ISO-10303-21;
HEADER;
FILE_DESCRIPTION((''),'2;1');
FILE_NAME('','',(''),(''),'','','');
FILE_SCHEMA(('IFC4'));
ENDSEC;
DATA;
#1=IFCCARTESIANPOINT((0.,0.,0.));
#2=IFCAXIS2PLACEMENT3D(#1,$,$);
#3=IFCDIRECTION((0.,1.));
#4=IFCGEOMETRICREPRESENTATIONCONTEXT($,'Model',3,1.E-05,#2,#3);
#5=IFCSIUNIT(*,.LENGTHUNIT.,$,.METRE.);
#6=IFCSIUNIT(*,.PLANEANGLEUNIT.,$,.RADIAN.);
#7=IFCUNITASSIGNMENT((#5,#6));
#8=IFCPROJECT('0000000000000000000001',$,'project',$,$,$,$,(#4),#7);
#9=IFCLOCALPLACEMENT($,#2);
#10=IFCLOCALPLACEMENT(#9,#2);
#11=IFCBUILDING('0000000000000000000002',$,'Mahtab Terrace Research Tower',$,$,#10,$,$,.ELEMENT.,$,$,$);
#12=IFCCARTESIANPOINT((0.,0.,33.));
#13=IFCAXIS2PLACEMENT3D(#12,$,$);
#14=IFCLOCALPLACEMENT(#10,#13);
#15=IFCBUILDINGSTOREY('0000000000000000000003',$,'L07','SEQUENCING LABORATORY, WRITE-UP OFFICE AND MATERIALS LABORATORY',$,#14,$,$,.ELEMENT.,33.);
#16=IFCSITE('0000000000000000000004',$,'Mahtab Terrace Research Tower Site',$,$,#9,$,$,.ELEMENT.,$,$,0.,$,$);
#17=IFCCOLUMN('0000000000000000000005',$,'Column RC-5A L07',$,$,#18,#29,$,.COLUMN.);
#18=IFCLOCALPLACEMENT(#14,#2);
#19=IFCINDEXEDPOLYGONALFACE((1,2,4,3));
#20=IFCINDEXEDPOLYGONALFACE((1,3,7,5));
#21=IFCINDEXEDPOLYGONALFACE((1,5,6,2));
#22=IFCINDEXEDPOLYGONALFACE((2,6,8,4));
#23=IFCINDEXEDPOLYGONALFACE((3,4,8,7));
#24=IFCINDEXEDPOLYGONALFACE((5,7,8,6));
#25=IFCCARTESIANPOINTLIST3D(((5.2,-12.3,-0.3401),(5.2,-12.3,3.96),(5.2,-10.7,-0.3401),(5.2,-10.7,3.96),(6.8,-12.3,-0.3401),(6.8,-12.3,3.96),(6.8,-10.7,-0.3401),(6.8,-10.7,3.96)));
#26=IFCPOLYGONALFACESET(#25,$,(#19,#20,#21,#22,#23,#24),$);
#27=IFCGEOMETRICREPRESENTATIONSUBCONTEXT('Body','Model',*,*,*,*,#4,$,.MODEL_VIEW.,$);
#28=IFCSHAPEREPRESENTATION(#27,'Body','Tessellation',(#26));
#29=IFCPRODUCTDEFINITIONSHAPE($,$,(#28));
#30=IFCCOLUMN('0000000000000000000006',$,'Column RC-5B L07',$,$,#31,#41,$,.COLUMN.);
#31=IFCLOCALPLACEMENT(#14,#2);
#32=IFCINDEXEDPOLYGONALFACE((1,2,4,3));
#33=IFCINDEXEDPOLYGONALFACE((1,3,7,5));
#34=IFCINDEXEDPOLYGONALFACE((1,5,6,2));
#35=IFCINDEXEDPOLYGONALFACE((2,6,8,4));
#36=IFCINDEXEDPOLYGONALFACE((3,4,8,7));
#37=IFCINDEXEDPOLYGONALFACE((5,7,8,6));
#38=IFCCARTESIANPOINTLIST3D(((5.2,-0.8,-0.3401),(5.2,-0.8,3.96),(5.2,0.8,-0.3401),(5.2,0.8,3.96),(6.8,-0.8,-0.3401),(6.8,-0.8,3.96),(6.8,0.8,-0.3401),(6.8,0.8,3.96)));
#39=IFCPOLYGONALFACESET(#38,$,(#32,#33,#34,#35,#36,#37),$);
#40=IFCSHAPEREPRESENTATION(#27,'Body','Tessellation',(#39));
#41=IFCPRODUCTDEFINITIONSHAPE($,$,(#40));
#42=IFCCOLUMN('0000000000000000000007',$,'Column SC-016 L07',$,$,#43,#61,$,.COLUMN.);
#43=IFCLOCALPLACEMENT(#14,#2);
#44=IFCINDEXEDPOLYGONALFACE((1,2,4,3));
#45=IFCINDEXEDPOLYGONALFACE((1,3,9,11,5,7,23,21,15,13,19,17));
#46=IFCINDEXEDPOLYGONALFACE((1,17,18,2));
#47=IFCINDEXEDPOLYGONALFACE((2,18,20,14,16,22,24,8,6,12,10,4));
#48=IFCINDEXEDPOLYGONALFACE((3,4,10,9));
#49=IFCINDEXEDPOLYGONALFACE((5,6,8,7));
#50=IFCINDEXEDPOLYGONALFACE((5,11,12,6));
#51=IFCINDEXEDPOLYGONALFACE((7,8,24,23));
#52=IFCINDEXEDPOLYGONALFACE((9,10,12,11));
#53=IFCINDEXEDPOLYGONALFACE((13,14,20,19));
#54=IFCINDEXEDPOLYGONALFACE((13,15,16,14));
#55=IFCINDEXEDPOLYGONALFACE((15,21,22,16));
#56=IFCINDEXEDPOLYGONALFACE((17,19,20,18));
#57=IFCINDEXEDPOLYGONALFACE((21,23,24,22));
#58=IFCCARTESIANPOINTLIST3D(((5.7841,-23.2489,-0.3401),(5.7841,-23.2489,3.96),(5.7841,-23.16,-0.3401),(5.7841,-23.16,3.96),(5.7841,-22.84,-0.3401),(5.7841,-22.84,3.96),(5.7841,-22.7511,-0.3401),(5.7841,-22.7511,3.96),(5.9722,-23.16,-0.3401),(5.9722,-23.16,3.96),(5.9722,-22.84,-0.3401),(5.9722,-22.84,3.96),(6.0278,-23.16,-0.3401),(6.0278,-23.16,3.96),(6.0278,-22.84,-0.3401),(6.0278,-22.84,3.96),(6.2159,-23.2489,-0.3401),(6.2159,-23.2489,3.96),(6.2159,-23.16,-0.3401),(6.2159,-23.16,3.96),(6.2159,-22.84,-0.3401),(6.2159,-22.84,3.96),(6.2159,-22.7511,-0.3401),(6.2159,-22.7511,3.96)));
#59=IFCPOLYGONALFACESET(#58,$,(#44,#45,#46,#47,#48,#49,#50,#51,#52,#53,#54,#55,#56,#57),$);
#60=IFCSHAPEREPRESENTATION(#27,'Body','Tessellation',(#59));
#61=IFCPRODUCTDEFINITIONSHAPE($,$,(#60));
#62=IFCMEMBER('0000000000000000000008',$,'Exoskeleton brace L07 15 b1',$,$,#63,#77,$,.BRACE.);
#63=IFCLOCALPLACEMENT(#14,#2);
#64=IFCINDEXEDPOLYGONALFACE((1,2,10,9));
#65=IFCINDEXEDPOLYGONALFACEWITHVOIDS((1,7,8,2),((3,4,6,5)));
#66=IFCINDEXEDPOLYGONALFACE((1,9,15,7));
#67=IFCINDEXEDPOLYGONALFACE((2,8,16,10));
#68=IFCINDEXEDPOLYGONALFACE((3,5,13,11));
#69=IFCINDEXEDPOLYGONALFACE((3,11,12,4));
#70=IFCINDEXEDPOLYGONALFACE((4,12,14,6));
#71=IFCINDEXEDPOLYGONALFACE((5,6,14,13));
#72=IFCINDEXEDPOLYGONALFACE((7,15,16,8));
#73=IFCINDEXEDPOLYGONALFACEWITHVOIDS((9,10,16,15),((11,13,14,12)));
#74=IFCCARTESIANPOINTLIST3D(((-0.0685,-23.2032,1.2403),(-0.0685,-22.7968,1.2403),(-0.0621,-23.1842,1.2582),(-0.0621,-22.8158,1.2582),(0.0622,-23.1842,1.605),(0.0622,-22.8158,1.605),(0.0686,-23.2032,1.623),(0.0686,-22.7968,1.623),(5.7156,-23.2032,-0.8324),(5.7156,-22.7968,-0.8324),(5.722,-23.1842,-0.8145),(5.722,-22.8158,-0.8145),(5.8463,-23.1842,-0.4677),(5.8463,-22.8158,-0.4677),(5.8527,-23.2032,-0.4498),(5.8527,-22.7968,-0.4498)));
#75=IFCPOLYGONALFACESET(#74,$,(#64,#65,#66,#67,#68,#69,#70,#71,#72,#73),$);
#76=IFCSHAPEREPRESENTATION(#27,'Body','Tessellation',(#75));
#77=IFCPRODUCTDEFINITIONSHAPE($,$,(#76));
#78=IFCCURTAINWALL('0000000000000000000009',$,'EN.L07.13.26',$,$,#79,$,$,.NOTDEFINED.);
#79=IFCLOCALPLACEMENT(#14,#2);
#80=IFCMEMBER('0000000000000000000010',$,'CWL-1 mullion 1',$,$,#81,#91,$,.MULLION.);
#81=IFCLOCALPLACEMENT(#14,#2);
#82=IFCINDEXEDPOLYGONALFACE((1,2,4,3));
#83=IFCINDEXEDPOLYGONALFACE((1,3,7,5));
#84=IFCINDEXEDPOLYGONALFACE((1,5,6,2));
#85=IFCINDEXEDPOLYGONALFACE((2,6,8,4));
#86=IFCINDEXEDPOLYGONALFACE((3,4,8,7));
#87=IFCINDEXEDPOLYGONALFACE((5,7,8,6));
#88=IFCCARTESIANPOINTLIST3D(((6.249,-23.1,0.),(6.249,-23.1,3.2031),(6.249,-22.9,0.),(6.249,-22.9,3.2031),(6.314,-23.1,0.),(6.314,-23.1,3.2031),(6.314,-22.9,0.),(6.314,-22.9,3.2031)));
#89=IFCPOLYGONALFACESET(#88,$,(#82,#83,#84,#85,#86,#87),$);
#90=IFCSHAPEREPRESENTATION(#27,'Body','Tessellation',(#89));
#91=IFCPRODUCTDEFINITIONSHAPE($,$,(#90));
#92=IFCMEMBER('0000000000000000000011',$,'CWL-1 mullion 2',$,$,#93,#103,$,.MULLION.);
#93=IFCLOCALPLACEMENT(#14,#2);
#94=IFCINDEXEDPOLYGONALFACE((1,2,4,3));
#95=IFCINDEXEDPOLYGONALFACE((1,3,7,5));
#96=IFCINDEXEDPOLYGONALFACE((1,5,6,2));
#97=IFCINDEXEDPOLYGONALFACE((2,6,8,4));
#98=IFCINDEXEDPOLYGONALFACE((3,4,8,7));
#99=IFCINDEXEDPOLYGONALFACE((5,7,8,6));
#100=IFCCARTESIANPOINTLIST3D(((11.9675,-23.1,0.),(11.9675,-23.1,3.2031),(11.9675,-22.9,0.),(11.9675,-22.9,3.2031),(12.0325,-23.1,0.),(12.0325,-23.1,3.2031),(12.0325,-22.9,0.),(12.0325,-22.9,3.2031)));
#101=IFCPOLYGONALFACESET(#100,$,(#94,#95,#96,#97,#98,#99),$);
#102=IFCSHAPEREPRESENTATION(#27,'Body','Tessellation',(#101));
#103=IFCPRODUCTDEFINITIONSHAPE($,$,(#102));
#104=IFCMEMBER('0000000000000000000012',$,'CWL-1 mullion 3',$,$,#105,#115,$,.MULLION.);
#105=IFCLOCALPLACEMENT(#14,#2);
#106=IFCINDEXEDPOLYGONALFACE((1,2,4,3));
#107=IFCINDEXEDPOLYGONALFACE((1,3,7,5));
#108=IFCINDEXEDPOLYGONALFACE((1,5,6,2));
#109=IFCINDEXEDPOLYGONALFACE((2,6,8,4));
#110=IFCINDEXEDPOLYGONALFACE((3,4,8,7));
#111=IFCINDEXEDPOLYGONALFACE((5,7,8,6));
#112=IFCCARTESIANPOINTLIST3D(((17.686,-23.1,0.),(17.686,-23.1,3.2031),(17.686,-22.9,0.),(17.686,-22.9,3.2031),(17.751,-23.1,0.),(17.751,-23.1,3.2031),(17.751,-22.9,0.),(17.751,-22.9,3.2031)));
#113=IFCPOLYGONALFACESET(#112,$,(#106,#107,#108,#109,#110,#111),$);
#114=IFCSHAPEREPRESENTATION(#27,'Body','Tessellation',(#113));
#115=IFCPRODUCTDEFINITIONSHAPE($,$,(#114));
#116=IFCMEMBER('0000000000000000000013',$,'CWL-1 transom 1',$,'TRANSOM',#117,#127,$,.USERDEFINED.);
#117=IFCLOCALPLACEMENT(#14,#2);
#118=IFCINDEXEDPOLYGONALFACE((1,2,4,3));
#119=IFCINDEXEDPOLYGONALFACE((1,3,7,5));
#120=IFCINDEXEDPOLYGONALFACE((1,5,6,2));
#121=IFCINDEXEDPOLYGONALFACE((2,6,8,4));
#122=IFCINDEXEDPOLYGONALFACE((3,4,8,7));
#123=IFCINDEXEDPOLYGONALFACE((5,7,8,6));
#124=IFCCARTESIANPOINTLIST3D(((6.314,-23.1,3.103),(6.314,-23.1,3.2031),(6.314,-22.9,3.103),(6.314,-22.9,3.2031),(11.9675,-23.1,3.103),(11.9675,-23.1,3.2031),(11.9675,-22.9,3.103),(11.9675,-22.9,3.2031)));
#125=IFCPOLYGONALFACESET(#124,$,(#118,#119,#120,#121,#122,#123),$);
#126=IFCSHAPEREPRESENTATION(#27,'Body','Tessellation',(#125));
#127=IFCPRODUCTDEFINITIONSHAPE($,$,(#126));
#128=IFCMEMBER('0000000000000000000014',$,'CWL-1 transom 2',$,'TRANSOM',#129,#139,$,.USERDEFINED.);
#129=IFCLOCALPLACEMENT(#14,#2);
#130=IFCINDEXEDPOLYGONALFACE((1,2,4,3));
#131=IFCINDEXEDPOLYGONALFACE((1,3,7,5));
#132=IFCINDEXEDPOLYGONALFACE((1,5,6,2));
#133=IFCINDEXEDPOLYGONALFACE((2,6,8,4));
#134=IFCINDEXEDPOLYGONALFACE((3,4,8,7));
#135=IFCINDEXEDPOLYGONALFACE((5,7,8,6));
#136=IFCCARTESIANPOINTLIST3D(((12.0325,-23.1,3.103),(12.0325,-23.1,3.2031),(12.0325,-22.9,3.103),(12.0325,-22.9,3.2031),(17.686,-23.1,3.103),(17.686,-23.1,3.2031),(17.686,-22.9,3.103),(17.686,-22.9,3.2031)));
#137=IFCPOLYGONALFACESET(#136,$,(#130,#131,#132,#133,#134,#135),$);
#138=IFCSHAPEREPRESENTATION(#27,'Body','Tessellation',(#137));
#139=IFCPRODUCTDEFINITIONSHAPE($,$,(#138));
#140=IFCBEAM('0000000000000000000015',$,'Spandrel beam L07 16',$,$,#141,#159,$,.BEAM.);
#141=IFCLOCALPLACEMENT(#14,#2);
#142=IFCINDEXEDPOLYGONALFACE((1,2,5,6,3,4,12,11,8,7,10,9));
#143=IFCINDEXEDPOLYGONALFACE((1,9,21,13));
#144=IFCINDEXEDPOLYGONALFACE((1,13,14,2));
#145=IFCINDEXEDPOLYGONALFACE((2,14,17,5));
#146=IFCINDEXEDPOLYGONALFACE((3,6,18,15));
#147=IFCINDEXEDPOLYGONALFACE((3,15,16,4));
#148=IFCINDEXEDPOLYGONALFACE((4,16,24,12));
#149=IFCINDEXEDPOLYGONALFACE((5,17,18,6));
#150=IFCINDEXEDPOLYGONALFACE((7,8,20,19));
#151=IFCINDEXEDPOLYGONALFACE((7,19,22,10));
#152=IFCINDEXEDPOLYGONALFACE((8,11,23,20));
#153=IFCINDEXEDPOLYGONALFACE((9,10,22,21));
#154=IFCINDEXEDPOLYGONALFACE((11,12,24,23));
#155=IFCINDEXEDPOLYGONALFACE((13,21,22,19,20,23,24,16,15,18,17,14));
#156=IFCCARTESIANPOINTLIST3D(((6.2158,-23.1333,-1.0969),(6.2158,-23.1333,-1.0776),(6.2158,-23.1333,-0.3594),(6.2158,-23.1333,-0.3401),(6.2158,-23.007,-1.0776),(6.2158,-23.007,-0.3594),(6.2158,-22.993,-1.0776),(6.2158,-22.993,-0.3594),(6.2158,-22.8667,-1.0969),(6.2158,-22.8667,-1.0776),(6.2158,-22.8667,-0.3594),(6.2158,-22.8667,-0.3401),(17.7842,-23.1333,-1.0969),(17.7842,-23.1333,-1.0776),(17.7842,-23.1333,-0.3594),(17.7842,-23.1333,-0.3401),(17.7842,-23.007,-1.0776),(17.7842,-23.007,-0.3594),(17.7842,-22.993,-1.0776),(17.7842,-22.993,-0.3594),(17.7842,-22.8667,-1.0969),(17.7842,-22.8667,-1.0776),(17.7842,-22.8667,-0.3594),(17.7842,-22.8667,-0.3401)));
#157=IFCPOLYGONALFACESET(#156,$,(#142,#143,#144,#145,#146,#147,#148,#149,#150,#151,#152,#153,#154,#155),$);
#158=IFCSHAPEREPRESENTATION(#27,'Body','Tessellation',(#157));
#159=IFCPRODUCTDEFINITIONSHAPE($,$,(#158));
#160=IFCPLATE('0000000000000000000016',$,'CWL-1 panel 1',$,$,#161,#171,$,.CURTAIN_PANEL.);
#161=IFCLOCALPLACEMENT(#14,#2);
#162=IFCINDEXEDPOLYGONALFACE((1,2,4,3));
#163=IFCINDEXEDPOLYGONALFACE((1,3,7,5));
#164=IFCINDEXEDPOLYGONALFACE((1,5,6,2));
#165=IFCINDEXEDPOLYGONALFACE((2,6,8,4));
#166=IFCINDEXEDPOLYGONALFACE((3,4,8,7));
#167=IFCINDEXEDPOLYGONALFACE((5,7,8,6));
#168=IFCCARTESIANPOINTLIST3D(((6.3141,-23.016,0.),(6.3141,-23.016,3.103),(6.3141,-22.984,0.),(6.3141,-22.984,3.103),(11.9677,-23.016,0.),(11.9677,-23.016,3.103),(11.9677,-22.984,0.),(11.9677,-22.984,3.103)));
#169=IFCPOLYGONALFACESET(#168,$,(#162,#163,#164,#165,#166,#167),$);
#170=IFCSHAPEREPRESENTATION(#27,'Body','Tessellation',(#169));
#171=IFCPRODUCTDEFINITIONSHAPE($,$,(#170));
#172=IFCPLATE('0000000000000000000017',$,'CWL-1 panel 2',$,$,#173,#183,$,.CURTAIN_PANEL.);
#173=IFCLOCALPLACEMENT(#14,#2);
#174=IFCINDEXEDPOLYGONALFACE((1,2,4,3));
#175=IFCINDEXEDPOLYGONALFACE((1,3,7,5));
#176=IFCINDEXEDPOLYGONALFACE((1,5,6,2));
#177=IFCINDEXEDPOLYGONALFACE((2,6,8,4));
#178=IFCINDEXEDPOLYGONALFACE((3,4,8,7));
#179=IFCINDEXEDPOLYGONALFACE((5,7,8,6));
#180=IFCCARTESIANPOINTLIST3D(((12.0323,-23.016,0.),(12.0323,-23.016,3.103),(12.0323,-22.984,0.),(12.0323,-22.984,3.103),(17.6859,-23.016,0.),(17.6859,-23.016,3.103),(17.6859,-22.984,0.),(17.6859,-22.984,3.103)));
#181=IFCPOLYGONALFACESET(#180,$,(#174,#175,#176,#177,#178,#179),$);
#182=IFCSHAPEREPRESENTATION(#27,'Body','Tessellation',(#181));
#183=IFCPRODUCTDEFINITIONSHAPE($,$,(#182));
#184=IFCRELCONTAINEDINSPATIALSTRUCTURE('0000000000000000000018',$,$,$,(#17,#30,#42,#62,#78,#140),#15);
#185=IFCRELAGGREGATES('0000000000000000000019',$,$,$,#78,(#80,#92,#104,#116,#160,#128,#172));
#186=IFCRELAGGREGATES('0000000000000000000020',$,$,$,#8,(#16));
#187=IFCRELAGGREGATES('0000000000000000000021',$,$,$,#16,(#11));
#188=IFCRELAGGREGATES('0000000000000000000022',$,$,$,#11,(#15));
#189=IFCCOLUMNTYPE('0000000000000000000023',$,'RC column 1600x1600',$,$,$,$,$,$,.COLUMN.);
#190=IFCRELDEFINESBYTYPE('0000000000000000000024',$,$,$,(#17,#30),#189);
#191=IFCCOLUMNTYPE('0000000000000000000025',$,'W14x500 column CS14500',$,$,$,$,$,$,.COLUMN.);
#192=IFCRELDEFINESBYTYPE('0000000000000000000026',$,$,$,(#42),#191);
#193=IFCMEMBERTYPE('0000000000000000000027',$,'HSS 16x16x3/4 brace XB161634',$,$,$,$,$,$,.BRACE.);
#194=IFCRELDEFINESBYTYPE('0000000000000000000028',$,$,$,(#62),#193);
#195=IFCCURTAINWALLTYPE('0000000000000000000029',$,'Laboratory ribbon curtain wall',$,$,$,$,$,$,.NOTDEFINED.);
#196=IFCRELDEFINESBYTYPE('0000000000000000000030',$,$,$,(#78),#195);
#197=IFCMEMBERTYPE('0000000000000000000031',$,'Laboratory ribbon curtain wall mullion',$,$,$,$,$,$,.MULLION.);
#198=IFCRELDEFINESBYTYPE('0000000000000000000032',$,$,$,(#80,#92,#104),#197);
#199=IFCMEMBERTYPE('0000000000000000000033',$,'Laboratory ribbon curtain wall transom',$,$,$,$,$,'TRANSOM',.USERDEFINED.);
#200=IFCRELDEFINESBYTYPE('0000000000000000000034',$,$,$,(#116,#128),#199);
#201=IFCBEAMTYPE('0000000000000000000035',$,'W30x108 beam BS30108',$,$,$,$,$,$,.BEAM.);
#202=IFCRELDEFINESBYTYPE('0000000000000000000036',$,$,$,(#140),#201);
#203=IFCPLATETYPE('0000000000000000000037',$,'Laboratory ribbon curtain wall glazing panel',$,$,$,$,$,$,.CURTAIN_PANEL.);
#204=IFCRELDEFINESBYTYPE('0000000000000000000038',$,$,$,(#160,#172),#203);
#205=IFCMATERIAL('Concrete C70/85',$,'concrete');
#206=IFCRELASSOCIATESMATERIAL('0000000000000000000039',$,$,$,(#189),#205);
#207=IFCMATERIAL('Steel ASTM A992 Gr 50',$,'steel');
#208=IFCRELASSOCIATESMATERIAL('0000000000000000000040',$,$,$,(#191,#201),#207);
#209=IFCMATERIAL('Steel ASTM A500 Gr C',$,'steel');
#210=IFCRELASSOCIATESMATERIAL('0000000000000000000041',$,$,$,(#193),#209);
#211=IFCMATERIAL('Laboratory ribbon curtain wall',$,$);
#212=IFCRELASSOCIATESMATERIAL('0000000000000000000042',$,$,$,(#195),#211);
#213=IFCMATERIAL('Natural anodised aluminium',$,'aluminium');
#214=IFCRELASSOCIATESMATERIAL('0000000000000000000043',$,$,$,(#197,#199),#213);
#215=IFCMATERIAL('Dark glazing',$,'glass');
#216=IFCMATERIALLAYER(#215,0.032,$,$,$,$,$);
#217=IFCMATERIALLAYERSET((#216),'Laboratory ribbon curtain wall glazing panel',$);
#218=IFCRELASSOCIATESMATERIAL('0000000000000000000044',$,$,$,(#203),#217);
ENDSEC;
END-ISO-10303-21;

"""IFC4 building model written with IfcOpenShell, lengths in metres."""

from ifc_helpers import new_model, si_unit, direction, frame, origin, origin_2d, place, context, subcontext, project, spatial, rectangle, hollow_rectangle, i_section, extrude, material, layer, layer_set, material_profile, profile_set, type_object, element, aggregate, save


model = new_model("IFC4")

# Units and contexts
model_context = context("Model", 3, precision=1e-05, world=origin(), true_north=direction((0.0, 1.0)))
body_context = subcontext(model_context, "Body", "Model", "MODEL_VIEW")
ifc_project = project(units=[si_unit("LENGTHUNIT", "METRE"), si_unit("PLANEANGLEUNIT", "RADIAN")], contexts=[model_context])

# Site, building, storey
site_placement = place(None, origin())
site = spatial("IfcSite", under=ifc_project, at=site_placement, Name="Mahtab Terrace Research Tower Site", CompositionType="ELEMENT", RefElevation=0.0)
building_placement = place(site_placement, origin())
building = spatial("IfcBuilding", under=site, at=building_placement, Name="Mahtab Terrace Research Tower", CompositionType="ELEMENT")
storey_placement = place(building_placement, frame((0.0, 0.0, 33.0)))
storey = spatial("IfcBuildingStorey", under=building, at=storey_placement, Name="L07", Description="SEQUENCING LABORATORY, WRITE-UP OFFICE AND MATERIALS LABORATORY", CompositionType="ELEMENT", Elevation=33.0)

# Columns
ifc_material_1 = material(Name="Concrete C70/85", Category="concrete")
ifc_material_profile_1 = material_profile(ifc_material_1, rectangle(XDim=1.6001, YDim=1.6001, at=origin_2d()), Name="RC column 1600x1600")
ifc_profile_set_1 = profile_set([ifc_material_profile_1], Name="Concrete C70/85")
column_type_1 = type_object("IfcColumnType", Name="RC column 1600x1600", PredefinedType="COLUMN", material=ifc_profile_set_1)
for number, where, z_axis, x_axis, name in (
    (1, (6.0, -11.5, -0.3401), (0.0, 0.0, 1.0), (1.0, 0.0, 0.0), "Column RC-5A L07"),
    (2, (6.0, 0.0, -0.3401), (0.0, 0.0, 1.0), (1.0, 0.0, 0.0), "Column RC-5B L07"),
):
    element("IfcColumn", number, at=place(storey_placement, frame(where, z_axis=z_axis, x_axis=x_axis)), inside=storey, type_object=column_type_1, Name=name, PredefinedType="COLUMN", context=body_context, shape_type="SweptSolid", body=[
        extrude(rectangle(XDim=1.6001, YDim=1.6001, at=origin_2d()), origin(), (0.0, 0.0, 1.0), 4.3),
    ])
ifc_material_2 = material(Name="Steel ASTM A992 Gr 50", Category="steel")
ifc_material_profile_2 = material_profile(ifc_material_2, i_section(OverallWidth=0.4319, OverallDepth=0.4978, WebThickness=0.0557, FlangeThickness=0.0889, at=origin_2d()), Name="W14X500")
ifc_profile_set_2 = profile_set([ifc_material_profile_2], Name="Steel ASTM A992 Gr 50")
column_type_2 = type_object("IfcColumnType", Name="W14x500 column CS14500", PredefinedType="COLUMN", material=ifc_profile_set_2)
column_placement = place(storey_placement, frame((6.0, -23.0, -0.3401), z_axis=(0.0, 0.0, 1.0), x_axis=(1.0, 0.0, 0.0)))
element("IfcColumn", 3, at=column_placement, inside=storey, type_object=column_type_2, Name="Column SC-016 L07", PredefinedType="COLUMN", context=body_context, shape_type="SweptSolid", body=[
    extrude(i_section(OverallWidth=0.4319, OverallDepth=0.4978, WebThickness=0.0557, FlangeThickness=0.0889, at=origin_2d()), origin(), (0.0, 0.0, 1.0), 4.3),
])

# Member
ifc_material_3 = material(Name="Steel ASTM A500 Gr C", Category="steel")
ifc_material_profile_3 = material_profile(ifc_material_3, hollow_rectangle(XDim=0.4065, YDim=0.4065, WallThickness=0.019, at=origin_2d()), Name="HSS16X16X3/4")
ifc_profile_set_3 = profile_set([ifc_material_profile_3], Name="Steel ASTM A500 Gr C")
member_type_1 = type_object("IfcMemberType", Name="HSS 16x16x3/4 brace XB161634", PredefinedType="BRACE", material=ifc_profile_set_3)
member_1_placement = place(storey_placement, frame((5.7842, -23.0, -0.6411), z_axis=(-0.941382, 0.0, 0.337343), x_axis=(0.0, -1.0, 0.0)))
element("IfcMember", 4, at=member_1_placement, inside=storey, type_object=member_type_1, Name="Exoskeleton brace L07 15 b1", PredefinedType="BRACE", context=body_context, shape_type="SweptSolid", body=[
    extrude(hollow_rectangle(XDim=0.4065, YDim=0.4065, WallThickness=0.019, at=origin_2d()), origin(), (0.0, 0.0, 1.0), 6.1443),
])

# Curtain wall, members
ifc_material_4 = material(Name="Laboratory ribbon curtain wall")
curtain_wall_type = type_object("IfcCurtainWallType", Name="Laboratory ribbon curtain wall", PredefinedType="NOTDEFINED", material=ifc_material_4)
curtain_wall_placement = place(storey_placement, origin())
curtain_wall = element("IfcCurtainWall", 5, at=curtain_wall_placement, inside=storey, type_object=curtain_wall_type, Name="EN.L07.13.26", PredefinedType="NOTDEFINED")
ifc_material_5 = material(Name="Natural anodised aluminium", Category="aluminium")
ifc_material_profile_4 = material_profile(ifc_material_5, rectangle(XDim=0.2, YDim=0.0649, at=origin_2d()), Name="MULLION 65x200")
ifc_profile_set_4 = profile_set([ifc_material_profile_4], Name="Natural anodised aluminium")
member_type_2 = type_object("IfcMemberType", Name="Laboratory ribbon curtain wall mullion", PredefinedType="MULLION", material=ifc_profile_set_4)
member_2_placement = place(storey_placement, frame((6.2815, -23.0, 0.0), z_axis=(0.0, 0.0, 1.0), x_axis=(0.0, 1.0, 0.0)))
member_2 = element("IfcMember", 6, at=member_2_placement, type_object=member_type_2, Name="CWL-1 mullion 1", PredefinedType="MULLION", context=body_context, shape_type="SweptSolid", body=[
    extrude(rectangle(XDim=0.2, YDim=0.0649, at=origin_2d()), origin(), (0.0, 0.0, 1.0), 3.2031),
])
member_3_placement = place(storey_placement, frame((12.0, -23.0, 0.0), z_axis=(0.0, 0.0, 1.0), x_axis=(0.0, 1.0, 0.0)))
member_3 = element("IfcMember", 7, at=member_3_placement, type_object=member_type_2, Name="CWL-1 mullion 2", PredefinedType="MULLION", context=body_context, shape_type="SweptSolid", body=[
    extrude(rectangle(XDim=0.2, YDim=0.0649, at=origin_2d()), origin(), (0.0, 0.0, 1.0), 3.2031),
])
member_4_placement = place(storey_placement, frame((17.7185, -23.0, 0.0), z_axis=(0.0, 0.0, 1.0), x_axis=(0.0, 1.0, 0.0)))
member_4 = element("IfcMember", 8, at=member_4_placement, type_object=member_type_2, Name="CWL-1 mullion 3", PredefinedType="MULLION", context=body_context, shape_type="SweptSolid", body=[
    extrude(rectangle(XDim=0.2, YDim=0.0649, at=origin_2d()), origin(), (0.0, 0.0, 1.0), 3.2031),
])
ifc_material_profile_5 = material_profile(ifc_material_5, rectangle(XDim=0.2, YDim=0.1001, at=origin_2d()), Name="TRANSOM 100x200")
ifc_profile_set_5 = profile_set([ifc_material_profile_5], Name="Natural anodised aluminium")
member_type_3 = type_object("IfcMemberType", Name="Laboratory ribbon curtain wall transom", ElementType="TRANSOM", PredefinedType="USERDEFINED", material=ifc_profile_set_5)
member_5_placement = place(storey_placement, frame((6.314, -23.0, 3.1531), z_axis=(1.0, 0.0, 0.0), x_axis=(0.0, 1.0, 0.0)))
member_5 = element("IfcMember", 9, at=member_5_placement, type_object=member_type_3, Name="CWL-1 transom 1", ObjectType="TRANSOM", PredefinedType="USERDEFINED", context=body_context, shape_type="SweptSolid", body=[
    extrude(rectangle(XDim=0.2, YDim=0.1001, at=origin_2d()), origin(), (0.0, 0.0, 1.0), 5.6536),
])
member_6_placement = place(storey_placement, frame((12.0325, -23.0, 3.1531), z_axis=(1.0, 0.0, 0.0), x_axis=(0.0, 1.0, 0.0)))
member_6 = element("IfcMember", 10, at=member_6_placement, type_object=member_type_3, Name="CWL-1 transom 2", ObjectType="TRANSOM", PredefinedType="USERDEFINED", context=body_context, shape_type="SweptSolid", body=[
    extrude(rectangle(XDim=0.2, YDim=0.1001, at=origin_2d()), origin(), (0.0, 0.0, 1.0), 5.6536),
])

# Beam
ifc_material_profile_6 = material_profile(ifc_material_2, i_section(OverallWidth=0.2666, OverallDepth=0.7568, WebThickness=0.0139, FlangeThickness=0.0193, at=origin_2d()), Name="W30X108")
ifc_profile_set_6 = profile_set([ifc_material_profile_6], Name="Steel ASTM A992 Gr 50")
beam_type = type_object("IfcBeamType", Name="W30x108 beam BS30108", PredefinedType="BEAM", material=ifc_profile_set_6)
beam_placement = place(storey_placement, frame((6.2158, -23.0, -0.7185), z_axis=(1.0, 0.0, 0.0), x_axis=(0.0, 1.0, 0.0)))
element("IfcBeam", 11, at=beam_placement, inside=storey, type_object=beam_type, Name="Spandrel beam L07 16", PredefinedType="BEAM", context=body_context, shape_type="SweptSolid", body=[
    extrude(i_section(OverallWidth=0.2666, OverallDepth=0.7568, WebThickness=0.0139, FlangeThickness=0.0193, at=origin_2d()), origin(), (0.0, 0.0, 1.0), 11.5684),
])

# Plates
ifc_material_6 = material(Name="Dark glazing", Category="glass")
ifc_layer_1 = layer(ifc_material_6, 0.032)
ifc_layer_set_1 = layer_set([ifc_layer_1], Name="Laboratory ribbon curtain wall glazing panel")
plate_type = type_object("IfcPlateType", Name="Laboratory ribbon curtain wall glazing panel", PredefinedType="CURTAIN_PANEL", material=ifc_layer_set_1)
plate_1_placement = place(storey_placement, frame((9.1409, -23.0, 0.0), z_axis=(0.0, 0.0, 1.0), x_axis=(1.0, 0.0, 0.0)))
plate_1 = element("IfcPlate", 12, at=plate_1_placement, type_object=plate_type, Name="CWL-1 panel 1", PredefinedType="CURTAIN_PANEL", context=body_context, shape_type="SweptSolid", body=[
    extrude(rectangle(XDim=5.6536, YDim=0.032, at=origin_2d()), origin(), (0.0, 0.0, 1.0), 3.103),
])
plate_2_placement = place(storey_placement, frame((14.8591, -23.0, 0.0), z_axis=(0.0, 0.0, 1.0), x_axis=(1.0, 0.0, 0.0)))
plate_2 = element("IfcPlate", 13, at=plate_2_placement, type_object=plate_type, Name="CWL-1 panel 2", PredefinedType="CURTAIN_PANEL", context=body_context, shape_type="SweptSolid", body=[
    extrude(rectangle(XDim=5.6536, YDim=0.032, at=origin_2d()), origin(), (0.0, 0.0, 1.0), 3.103),
])
aggregate(curtain_wall, [member_2, member_3, member_4, member_5, plate_1, member_6, plate_2])

save(model, "model.ifc")
